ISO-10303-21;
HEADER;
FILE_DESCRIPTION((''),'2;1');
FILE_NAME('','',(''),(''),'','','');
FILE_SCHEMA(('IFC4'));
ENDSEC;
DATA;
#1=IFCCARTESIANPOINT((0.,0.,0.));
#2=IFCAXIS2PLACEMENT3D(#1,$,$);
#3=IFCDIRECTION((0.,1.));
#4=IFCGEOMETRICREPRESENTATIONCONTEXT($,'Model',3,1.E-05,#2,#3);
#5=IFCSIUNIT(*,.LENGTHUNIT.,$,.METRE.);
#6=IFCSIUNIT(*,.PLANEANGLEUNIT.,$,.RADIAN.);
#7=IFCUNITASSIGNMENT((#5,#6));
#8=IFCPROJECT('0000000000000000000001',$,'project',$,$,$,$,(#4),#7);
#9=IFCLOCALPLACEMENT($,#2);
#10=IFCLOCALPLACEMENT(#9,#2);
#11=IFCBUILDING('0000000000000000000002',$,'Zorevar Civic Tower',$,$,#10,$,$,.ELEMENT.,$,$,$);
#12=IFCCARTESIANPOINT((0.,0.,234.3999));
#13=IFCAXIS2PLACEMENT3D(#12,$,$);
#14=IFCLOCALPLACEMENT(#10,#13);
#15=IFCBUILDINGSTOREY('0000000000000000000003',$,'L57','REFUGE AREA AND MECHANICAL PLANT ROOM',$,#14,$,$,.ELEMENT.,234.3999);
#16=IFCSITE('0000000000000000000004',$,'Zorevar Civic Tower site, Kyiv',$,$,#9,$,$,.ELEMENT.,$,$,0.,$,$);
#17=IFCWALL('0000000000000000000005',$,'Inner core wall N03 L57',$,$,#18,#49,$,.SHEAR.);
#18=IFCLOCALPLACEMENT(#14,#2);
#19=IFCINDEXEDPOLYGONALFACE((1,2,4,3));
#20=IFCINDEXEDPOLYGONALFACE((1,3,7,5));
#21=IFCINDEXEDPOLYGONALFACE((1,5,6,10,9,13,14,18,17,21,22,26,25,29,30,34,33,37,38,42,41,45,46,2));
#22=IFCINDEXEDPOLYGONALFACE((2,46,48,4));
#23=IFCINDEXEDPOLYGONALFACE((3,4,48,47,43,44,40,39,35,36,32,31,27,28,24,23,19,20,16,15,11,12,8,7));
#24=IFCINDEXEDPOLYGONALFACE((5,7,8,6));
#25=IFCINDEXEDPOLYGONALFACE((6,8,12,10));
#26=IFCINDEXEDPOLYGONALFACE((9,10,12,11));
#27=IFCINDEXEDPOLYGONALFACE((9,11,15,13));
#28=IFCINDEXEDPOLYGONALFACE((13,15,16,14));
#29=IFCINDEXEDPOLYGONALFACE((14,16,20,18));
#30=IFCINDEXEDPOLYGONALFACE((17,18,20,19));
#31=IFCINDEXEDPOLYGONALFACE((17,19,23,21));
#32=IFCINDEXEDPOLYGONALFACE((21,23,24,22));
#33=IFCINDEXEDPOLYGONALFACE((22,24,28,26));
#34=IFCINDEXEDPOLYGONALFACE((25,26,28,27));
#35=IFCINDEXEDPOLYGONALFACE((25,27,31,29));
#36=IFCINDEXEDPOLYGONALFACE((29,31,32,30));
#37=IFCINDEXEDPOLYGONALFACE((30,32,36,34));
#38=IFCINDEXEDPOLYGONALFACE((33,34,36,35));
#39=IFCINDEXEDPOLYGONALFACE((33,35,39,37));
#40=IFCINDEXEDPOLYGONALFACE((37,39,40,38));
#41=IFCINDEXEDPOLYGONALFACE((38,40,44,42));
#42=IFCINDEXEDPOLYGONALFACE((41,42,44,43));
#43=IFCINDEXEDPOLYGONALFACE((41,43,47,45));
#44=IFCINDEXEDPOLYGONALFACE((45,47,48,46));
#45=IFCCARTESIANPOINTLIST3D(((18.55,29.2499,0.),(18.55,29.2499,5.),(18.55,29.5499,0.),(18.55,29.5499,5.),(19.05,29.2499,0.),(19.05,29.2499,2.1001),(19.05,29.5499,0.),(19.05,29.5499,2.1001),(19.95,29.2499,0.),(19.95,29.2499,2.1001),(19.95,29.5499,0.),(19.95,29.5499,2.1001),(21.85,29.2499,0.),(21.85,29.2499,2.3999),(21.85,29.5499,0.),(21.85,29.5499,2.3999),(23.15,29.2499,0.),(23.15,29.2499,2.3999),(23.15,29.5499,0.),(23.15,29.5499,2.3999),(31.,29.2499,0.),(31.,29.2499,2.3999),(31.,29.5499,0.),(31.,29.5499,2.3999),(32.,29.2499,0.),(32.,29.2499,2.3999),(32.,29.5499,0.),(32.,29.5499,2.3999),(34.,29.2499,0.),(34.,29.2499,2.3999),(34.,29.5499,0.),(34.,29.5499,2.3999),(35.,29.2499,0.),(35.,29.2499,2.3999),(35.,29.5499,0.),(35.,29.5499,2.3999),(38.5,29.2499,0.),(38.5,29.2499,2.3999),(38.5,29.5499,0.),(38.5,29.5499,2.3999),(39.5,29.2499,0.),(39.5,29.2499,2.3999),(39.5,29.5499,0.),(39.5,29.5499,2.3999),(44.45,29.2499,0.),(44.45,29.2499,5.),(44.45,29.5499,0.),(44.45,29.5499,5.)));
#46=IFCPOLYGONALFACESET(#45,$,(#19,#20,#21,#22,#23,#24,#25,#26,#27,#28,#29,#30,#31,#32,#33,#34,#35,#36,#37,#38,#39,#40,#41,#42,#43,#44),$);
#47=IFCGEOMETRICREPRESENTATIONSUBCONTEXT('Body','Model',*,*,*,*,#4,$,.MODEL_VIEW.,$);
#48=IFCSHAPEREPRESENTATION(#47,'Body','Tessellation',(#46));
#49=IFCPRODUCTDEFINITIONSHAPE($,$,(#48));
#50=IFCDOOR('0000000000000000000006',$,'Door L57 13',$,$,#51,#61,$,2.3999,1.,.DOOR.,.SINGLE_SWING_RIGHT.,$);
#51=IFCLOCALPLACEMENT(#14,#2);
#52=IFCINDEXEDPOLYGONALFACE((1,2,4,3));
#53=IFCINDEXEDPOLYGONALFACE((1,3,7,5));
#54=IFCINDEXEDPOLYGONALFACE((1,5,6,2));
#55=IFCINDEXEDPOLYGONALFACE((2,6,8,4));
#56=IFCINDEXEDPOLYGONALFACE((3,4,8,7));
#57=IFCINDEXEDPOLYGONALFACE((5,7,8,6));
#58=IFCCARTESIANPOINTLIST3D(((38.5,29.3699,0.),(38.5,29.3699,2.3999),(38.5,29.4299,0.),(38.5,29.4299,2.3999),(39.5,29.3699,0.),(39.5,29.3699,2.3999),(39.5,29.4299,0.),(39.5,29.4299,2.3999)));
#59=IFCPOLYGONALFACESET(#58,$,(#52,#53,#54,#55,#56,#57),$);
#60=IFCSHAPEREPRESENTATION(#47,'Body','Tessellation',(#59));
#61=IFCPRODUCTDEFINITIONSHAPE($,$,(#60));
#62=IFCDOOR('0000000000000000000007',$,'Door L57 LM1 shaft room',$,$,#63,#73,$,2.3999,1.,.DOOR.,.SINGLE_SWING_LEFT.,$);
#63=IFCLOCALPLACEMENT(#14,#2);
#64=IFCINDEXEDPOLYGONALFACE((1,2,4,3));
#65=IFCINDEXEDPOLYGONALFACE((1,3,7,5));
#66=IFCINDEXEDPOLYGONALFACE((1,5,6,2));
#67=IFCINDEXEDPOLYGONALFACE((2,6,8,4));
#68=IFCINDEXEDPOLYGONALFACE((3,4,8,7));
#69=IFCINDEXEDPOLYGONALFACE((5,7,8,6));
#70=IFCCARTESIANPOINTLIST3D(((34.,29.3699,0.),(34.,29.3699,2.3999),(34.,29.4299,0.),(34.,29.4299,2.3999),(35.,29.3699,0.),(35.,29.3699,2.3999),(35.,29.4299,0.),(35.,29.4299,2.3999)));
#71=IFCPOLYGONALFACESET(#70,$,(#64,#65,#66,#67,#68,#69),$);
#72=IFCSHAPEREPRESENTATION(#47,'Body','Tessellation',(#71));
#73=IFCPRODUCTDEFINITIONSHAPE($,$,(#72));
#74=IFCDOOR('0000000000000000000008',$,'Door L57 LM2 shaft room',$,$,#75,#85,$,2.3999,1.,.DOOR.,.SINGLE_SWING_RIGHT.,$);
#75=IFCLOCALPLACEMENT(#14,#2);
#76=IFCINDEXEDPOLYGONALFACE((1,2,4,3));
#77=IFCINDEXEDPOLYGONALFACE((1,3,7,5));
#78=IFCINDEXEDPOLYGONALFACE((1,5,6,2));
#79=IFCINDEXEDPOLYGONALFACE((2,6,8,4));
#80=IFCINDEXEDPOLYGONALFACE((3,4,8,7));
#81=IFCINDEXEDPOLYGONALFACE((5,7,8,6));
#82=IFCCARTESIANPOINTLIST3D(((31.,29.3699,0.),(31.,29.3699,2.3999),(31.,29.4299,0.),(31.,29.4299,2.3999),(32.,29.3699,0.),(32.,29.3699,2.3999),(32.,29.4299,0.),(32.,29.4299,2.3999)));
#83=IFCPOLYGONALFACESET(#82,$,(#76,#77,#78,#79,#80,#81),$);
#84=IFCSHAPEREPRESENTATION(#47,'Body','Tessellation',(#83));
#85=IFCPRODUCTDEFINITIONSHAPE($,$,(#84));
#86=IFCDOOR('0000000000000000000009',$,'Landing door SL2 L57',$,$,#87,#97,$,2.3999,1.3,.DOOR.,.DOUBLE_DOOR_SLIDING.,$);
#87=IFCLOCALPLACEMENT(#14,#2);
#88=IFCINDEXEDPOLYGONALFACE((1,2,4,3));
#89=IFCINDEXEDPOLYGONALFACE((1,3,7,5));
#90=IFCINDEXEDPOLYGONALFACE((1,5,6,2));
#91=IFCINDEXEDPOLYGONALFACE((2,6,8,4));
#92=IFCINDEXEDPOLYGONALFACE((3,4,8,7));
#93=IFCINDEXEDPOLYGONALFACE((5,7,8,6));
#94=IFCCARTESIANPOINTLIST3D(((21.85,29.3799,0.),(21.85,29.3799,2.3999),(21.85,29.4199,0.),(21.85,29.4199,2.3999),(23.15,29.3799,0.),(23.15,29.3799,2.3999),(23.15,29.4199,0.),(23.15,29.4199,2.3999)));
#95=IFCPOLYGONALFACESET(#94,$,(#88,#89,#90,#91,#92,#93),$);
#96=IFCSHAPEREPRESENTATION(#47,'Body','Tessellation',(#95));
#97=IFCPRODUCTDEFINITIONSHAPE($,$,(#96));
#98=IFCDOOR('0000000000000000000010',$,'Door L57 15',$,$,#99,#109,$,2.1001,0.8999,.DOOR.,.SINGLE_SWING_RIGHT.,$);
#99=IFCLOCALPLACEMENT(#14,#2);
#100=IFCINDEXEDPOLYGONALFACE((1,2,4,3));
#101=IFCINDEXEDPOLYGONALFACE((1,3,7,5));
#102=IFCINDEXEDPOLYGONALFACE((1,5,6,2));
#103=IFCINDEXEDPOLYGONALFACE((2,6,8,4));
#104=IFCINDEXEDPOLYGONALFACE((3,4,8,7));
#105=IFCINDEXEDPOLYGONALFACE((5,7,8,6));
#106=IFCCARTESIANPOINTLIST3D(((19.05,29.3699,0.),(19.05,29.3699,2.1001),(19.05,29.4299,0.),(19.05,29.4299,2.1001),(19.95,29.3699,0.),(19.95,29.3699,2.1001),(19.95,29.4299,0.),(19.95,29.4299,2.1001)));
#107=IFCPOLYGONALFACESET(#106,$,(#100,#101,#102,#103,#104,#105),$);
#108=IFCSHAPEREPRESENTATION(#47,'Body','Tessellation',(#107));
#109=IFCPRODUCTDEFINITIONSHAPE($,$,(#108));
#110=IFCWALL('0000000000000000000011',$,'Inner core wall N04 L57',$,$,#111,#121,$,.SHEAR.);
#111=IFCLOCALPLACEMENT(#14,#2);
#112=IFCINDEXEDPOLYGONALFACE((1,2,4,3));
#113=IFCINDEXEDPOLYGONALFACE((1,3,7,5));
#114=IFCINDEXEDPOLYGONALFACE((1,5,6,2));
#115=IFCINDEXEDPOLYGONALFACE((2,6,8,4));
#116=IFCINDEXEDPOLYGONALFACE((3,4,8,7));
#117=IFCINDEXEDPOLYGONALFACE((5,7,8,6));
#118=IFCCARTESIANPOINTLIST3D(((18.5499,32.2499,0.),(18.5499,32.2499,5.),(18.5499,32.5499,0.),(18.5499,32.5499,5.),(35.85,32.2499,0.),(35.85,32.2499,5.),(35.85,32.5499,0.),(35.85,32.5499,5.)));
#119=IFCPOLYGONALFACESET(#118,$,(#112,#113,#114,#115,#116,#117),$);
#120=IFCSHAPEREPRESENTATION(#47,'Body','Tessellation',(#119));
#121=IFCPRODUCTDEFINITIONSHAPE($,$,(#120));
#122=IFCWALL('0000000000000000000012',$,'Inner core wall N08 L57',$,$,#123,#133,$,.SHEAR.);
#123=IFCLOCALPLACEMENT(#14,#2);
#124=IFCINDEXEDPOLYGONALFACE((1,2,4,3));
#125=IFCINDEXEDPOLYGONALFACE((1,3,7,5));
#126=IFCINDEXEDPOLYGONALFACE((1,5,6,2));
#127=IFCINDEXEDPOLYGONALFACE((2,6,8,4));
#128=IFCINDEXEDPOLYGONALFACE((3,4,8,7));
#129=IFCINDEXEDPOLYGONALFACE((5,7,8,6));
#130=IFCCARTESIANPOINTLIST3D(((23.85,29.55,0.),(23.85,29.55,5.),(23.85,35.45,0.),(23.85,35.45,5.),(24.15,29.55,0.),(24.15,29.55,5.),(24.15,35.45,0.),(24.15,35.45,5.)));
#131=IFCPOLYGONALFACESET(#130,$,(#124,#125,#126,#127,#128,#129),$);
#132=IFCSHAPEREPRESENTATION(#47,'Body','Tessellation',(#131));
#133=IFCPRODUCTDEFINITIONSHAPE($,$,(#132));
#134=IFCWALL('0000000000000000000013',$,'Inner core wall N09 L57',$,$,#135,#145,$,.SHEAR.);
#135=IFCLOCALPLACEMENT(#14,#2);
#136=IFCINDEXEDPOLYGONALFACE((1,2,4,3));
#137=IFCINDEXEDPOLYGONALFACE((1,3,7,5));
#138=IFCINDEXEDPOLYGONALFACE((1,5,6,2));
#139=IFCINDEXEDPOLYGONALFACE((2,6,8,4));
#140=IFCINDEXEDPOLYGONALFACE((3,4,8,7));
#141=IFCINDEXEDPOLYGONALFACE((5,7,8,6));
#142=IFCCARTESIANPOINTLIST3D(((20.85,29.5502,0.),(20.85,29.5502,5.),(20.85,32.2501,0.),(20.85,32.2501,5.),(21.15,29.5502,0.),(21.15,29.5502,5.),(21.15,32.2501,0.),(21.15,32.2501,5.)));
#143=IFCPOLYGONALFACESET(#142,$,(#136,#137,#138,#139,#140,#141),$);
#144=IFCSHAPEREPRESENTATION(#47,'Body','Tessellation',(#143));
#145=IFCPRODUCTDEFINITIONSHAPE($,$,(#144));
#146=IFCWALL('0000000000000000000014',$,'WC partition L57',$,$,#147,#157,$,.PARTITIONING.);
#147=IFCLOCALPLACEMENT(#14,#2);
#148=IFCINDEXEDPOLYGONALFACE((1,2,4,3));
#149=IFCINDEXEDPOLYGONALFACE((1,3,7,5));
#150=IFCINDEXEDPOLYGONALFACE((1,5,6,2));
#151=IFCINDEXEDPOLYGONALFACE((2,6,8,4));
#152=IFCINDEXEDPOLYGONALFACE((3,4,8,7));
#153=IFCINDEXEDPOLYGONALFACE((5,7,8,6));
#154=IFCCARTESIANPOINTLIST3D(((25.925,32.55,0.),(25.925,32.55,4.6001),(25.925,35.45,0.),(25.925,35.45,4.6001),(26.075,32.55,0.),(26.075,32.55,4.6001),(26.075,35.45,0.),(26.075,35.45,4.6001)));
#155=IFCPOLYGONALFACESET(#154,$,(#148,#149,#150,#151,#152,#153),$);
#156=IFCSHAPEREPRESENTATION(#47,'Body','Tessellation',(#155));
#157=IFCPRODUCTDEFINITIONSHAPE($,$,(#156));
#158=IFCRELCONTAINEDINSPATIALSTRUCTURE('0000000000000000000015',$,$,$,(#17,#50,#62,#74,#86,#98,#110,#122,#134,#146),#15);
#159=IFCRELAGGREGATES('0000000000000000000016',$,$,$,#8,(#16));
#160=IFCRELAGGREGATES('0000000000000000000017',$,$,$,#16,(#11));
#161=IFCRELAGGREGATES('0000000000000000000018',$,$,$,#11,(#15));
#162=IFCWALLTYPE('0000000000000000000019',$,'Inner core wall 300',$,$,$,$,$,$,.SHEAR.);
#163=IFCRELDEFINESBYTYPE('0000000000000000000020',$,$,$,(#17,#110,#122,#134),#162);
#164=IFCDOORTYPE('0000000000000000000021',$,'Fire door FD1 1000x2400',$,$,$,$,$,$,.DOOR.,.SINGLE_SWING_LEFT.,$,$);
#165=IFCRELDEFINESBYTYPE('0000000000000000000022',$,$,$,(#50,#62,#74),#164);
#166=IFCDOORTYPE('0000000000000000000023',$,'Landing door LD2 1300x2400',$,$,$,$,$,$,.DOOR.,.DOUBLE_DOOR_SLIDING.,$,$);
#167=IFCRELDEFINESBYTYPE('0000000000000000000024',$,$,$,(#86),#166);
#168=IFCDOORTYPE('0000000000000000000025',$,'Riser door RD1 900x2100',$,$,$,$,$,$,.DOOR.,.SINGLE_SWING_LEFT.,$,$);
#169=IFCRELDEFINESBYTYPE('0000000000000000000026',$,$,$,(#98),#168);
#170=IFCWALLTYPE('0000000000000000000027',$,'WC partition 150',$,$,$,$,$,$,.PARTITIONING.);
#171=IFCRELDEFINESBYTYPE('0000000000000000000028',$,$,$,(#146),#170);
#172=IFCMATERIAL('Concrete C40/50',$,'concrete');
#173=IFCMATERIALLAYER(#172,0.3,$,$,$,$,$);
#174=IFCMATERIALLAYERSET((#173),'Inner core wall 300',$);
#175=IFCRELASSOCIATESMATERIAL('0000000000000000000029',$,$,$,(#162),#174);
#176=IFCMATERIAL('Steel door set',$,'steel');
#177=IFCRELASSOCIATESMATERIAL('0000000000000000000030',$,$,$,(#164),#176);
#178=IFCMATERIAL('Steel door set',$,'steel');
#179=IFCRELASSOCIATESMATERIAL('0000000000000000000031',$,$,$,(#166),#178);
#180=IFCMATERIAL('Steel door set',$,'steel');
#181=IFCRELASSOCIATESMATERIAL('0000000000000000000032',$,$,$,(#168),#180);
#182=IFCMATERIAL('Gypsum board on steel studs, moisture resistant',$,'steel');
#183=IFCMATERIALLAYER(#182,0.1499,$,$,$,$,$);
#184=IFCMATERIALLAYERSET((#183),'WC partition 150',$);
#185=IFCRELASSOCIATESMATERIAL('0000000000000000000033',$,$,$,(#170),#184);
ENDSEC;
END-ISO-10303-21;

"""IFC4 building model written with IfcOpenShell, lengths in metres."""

from ifc_helpers import new_model, si_unit, direction, frame, frame_2d, origin, place, context, subcontext, project, spatial, rectangle, extrude, material, layer, layer_set, type_object, element, fill, save


model = new_model("IFC4")

# Units and contexts
model_context = context("Model", 3, precision=1e-05, world=origin(), true_north=direction((0.0, 1.0)))
body_context = subcontext(model_context, "Body", "Model", "MODEL_VIEW")
ifc_project = project(units=[si_unit("LENGTHUNIT", "METRE"), si_unit("PLANEANGLEUNIT", "RADIAN")], contexts=[model_context])

# Site, building, storey
site_placement = place(None, origin())
site = spatial("IfcSite", under=ifc_project, at=site_placement, Name="Zorevar Civic Tower site, Kyiv", CompositionType="ELEMENT", RefElevation=0.0)
building_placement = place(site_placement, origin())
building = spatial("IfcBuilding", under=site, at=building_placement, Name="Zorevar Civic Tower", CompositionType="ELEMENT")
storey_placement = place(building_placement, frame((0.0, 0.0, 234.3999)))
storey = spatial("IfcBuildingStorey", under=building, at=storey_placement, Name="L57", Description="REFUGE AREA AND MECHANICAL PLANT ROOM", CompositionType="ELEMENT", Elevation=234.3999)

# Shared definitions
ifc_material_1 = material(Name="Concrete C40/50", Category="concrete")
ifc_layer_1 = layer(ifc_material_1, 0.3)
ifc_layer_set_1 = layer_set([ifc_layer_1], Name="Inner core wall 300")
wall_type_1 = type_object("IfcWallType", Name="Inner core wall 300", PredefinedType="SHEAR", material=ifc_layer_set_1)
ifc_material_2 = material(Name="Steel door set", Category="steel")
door_type_1 = type_object("IfcDoorType", Name="Fire door FD1 1000x2400", OperationType="SINGLE_SWING_LEFT", PredefinedType="DOOR", material=ifc_material_2)

# Wall, openings, doors
ifc_material_3 = material(Name="Steel door set", Category="steel")
door_type_2 = type_object("IfcDoorType", Name="Landing door LD2 1300x2400", OperationType="DOUBLE_DOOR_SLIDING", PredefinedType="DOOR", material=ifc_material_3)
ifc_material_4 = material(Name="Steel door set", Category="steel")
door_type_3 = type_object("IfcDoorType", Name="Riser door RD1 900x2100", OperationType="SINGLE_SWING_LEFT", PredefinedType="DOOR", material=ifc_material_4)
wall_1_placement = place(storey_placement, frame((18.55, 29.3999, 0.0), z_axis=(0.0, 0.0, 1.0), x_axis=(1.0, 0.0, 0.0)))
wall_1 = element("IfcWall", 1, at=wall_1_placement, inside=storey, type_object=wall_type_1, Name="Inner core wall N03 L57", PredefinedType="SHEAR", context=body_context, shape_type="SweptSolid", body=[
    extrude(rectangle(XDim=25.8999, YDim=0.3, at=frame_2d((12.95, 0.0))), origin(), (0.0, 0.0, 1.0), 5.0),
])
opening_1_placement = place(wall_1_placement, frame((19.95, 0.0, 0.0)))
opening_1 = element("IfcOpeningElement", 2, at=opening_1_placement, cuts=wall_1, PredefinedType="OPENING", context=body_context, shape_type="SweptSolid", body=[
    extrude(rectangle(XDim=1.0, YDim=2.3999, at=frame_2d((0.5, 1.2))), frame((0.0, 0.1599, 0.0), z_axis=(0.0, -1.0, 0.0), x_axis=(1.0, 0.0, 0.0)), (0.0, 0.0, 1.0), 0.3201),
])
opening_2_placement = place(wall_1_placement, frame((0.5, 0.0, 0.0)))
opening_2 = element("IfcOpeningElement", 3, at=opening_2_placement, cuts=wall_1, PredefinedType="OPENING", context=body_context, shape_type="SweptSolid", body=[
    extrude(rectangle(XDim=0.8999, YDim=2.1001, at=frame_2d((0.45, 1.05))), frame((0.0, 0.1599, 0.0), z_axis=(0.0, -1.0, 0.0), x_axis=(1.0, 0.0, 0.0)), (0.0, 0.0, 1.0), 0.3201),
])
opening_3_placement = place(wall_1_placement, frame((15.45, 0.0, 0.0)))
opening_3 = element("IfcOpeningElement", 4, at=opening_3_placement, cuts=wall_1, PredefinedType="OPENING", context=body_context, shape_type="SweptSolid", body=[
    extrude(rectangle(XDim=1.0, YDim=2.3999, at=frame_2d((0.5, 1.2))), frame((0.0, 0.1599, 0.0), z_axis=(0.0, -1.0, 0.0), x_axis=(1.0, 0.0, 0.0)), (0.0, 0.0, 1.0), 0.3201),
])
opening_4_placement = place(wall_1_placement, frame((12.45, 0.0, 0.0)))
opening_4 = element("IfcOpeningElement", 5, at=opening_4_placement, cuts=wall_1, PredefinedType="OPENING", context=body_context, shape_type="SweptSolid", body=[
    extrude(rectangle(XDim=1.0, YDim=2.3999, at=frame_2d((0.5, 1.2))), frame((0.0, 0.1599, 0.0), z_axis=(0.0, -1.0, 0.0), x_axis=(1.0, 0.0, 0.0)), (0.0, 0.0, 1.0), 0.3201),
])
opening_5_placement = place(wall_1_placement, frame((3.3, 0.0, 0.0)))
opening_5 = element("IfcOpeningElement", 6, at=opening_5_placement, cuts=wall_1, PredefinedType="OPENING", context=body_context, shape_type="SweptSolid", body=[
    extrude(rectangle(XDim=1.3, YDim=2.3999, at=frame_2d((0.6499, 1.2))), frame((0.0, 0.1599, 0.0), z_axis=(0.0, -1.0, 0.0), x_axis=(1.0, 0.0, 0.0)), (0.0, 0.0, 1.0), 0.3201),
])
door_1_placement = place(opening_1_placement, origin())
door_1 = element("IfcDoor", 7, at=door_1_placement, inside=storey, type_object=door_type_1, Name="Door L57 13", OperationType="SINGLE_SWING_RIGHT", OverallHeight=2.3999, OverallWidth=1.0, PredefinedType="DOOR", context=body_context, shape_type="SweptSolid", body=[
    extrude(rectangle(XDim=1.0, YDim=2.3999, at=frame_2d((0.5, 1.2))), frame((0.0, 0.03, 0.0), z_axis=(0.0, -1.0, 0.0), x_axis=(1.0, 0.0, 0.0)), (0.0, 0.0, 1.0), 0.0601),
])
fill(opening_1, door_1)
door_2_placement = place(opening_3_placement, origin())
door_2 = element("IfcDoor", 8, at=door_2_placement, inside=storey, type_object=door_type_1, Name="Door L57 LM1 shaft room", OperationType="SINGLE_SWING_LEFT", OverallHeight=2.3999, OverallWidth=1.0, PredefinedType="DOOR", context=body_context, shape_type="SweptSolid", body=[
    extrude(rectangle(XDim=1.0, YDim=2.3999, at=frame_2d((0.5, 1.2))), frame((0.0, 0.03, 0.0), z_axis=(0.0, -1.0, 0.0), x_axis=(1.0, 0.0, 0.0)), (0.0, 0.0, 1.0), 0.0601),
])
fill(opening_3, door_2)
door_3_placement = place(opening_4_placement, origin())
door_3 = element("IfcDoor", 9, at=door_3_placement, inside=storey, type_object=door_type_1, Name="Door L57 LM2 shaft room", OperationType="SINGLE_SWING_RIGHT", OverallHeight=2.3999, OverallWidth=1.0, PredefinedType="DOOR", context=body_context, shape_type="SweptSolid", body=[
    extrude(rectangle(XDim=1.0, YDim=2.3999, at=frame_2d((0.5, 1.2))), frame((0.0, 0.03, 0.0), z_axis=(0.0, -1.0, 0.0), x_axis=(1.0, 0.0, 0.0)), (0.0, 0.0, 1.0), 0.0601),
])
fill(opening_4, door_3)
door_4_placement = place(opening_5_placement, origin())
door_4 = element("IfcDoor", 10, at=door_4_placement, inside=storey, type_object=door_type_2, Name="Landing door SL2 L57", OperationType="DOUBLE_DOOR_SLIDING", OverallHeight=2.3999, OverallWidth=1.3, PredefinedType="DOOR", context=body_context, shape_type="SweptSolid", body=[
    extrude(rectangle(XDim=1.3, YDim=2.3999, at=frame_2d((0.6499, 1.2))), frame((0.0, 0.02, 0.0), z_axis=(0.0, -1.0, 0.0), x_axis=(1.0, 0.0, 0.0)), (0.0, 0.0, 1.0), 0.04),
])
fill(opening_5, door_4)
door_5_placement = place(opening_2_placement, origin())
door_5 = element("IfcDoor", 11, at=door_5_placement, inside=storey, type_object=door_type_3, Name="Door L57 15", OperationType="SINGLE_SWING_RIGHT", OverallHeight=2.1001, OverallWidth=0.8999, PredefinedType="DOOR", context=body_context, shape_type="SweptSolid", body=[
    extrude(rectangle(XDim=0.8999, YDim=2.1001, at=frame_2d((0.45, 1.05))), frame((0.0, 0.03, 0.0), z_axis=(0.0, -1.0, 0.0), x_axis=(1.0, 0.0, 0.0)), (0.0, 0.0, 1.0), 0.0601),
])
fill(opening_2, door_5)

# Walls
wall_2_placement = place(storey_placement, frame((18.55, 32.3999, 0.0), z_axis=(0.0, 0.0, 1.0), x_axis=(1.0, 0.0, 0.0)))
element("IfcWall", 12, at=wall_2_placement, inside=storey, type_object=wall_type_1, Name="Inner core wall N04 L57", PredefinedType="SHEAR", context=body_context, shape_type="SweptSolid", body=[
    extrude(rectangle(XDim=17.3, YDim=0.3, at=frame_2d((8.6499, 0.0))), origin(), (0.0, 0.0, 1.0), 5.0),
])
wall_3_placement = place(storey_placement, frame((24.0, 29.55, 0.0), z_axis=(0.0, 0.0, 1.0), x_axis=(0.0, 1.0, 0.0)))
element("IfcWall", 13, at=wall_3_placement, inside=storey, type_object=wall_type_1, Name="Inner core wall N08 L57", PredefinedType="SHEAR", context=body_context, shape_type="SweptSolid", body=[
    extrude(rectangle(XDim=5.8999, YDim=0.3, at=frame_2d((2.95, 0.0))), origin(), (0.0, 0.0, 1.0), 5.0),
])
wall_4_placement = place(storey_placement, frame((21.0, 29.55, 0.0), z_axis=(0.0, 0.0, 1.0), x_axis=(0.0, 1.0, 0.0)))
element("IfcWall", 14, at=wall_4_placement, inside=storey, type_object=wall_type_1, Name="Inner core wall N09 L57", PredefinedType="SHEAR", context=body_context, shape_type="SweptSolid", body=[
    extrude(rectangle(XDim=2.7, YDim=0.3, at=frame_2d((1.3501, 0.0))), origin(), (0.0, 0.0, 1.0), 5.0),
])
ifc_material_5 = material(Name="Gypsum board on steel studs, moisture resistant", Category="steel")
ifc_layer_2 = layer(ifc_material_5, 0.1499)
ifc_layer_set_2 = layer_set([ifc_layer_2], Name="WC partition 150")
wall_type_2 = type_object("IfcWallType", Name="WC partition 150", PredefinedType="PARTITIONING", material=ifc_layer_set_2)
wall_5_placement = place(storey_placement, frame((26.0, 32.55, 0.0), z_axis=(0.0, 0.0, 1.0), x_axis=(0.0, 1.0, 0.0)))
element("IfcWall", 15, at=wall_5_placement, inside=storey, type_object=wall_type_2, Name="WC partition L57", PredefinedType="PARTITIONING", context=body_context, shape_type="SweptSolid", body=[
    extrude(rectangle(XDim=2.8999, YDim=0.1499, at=frame_2d((1.45, 0.0))), origin(), (0.0, 0.0, 1.0), 4.6001),
])

save(model, "model.ifc")
